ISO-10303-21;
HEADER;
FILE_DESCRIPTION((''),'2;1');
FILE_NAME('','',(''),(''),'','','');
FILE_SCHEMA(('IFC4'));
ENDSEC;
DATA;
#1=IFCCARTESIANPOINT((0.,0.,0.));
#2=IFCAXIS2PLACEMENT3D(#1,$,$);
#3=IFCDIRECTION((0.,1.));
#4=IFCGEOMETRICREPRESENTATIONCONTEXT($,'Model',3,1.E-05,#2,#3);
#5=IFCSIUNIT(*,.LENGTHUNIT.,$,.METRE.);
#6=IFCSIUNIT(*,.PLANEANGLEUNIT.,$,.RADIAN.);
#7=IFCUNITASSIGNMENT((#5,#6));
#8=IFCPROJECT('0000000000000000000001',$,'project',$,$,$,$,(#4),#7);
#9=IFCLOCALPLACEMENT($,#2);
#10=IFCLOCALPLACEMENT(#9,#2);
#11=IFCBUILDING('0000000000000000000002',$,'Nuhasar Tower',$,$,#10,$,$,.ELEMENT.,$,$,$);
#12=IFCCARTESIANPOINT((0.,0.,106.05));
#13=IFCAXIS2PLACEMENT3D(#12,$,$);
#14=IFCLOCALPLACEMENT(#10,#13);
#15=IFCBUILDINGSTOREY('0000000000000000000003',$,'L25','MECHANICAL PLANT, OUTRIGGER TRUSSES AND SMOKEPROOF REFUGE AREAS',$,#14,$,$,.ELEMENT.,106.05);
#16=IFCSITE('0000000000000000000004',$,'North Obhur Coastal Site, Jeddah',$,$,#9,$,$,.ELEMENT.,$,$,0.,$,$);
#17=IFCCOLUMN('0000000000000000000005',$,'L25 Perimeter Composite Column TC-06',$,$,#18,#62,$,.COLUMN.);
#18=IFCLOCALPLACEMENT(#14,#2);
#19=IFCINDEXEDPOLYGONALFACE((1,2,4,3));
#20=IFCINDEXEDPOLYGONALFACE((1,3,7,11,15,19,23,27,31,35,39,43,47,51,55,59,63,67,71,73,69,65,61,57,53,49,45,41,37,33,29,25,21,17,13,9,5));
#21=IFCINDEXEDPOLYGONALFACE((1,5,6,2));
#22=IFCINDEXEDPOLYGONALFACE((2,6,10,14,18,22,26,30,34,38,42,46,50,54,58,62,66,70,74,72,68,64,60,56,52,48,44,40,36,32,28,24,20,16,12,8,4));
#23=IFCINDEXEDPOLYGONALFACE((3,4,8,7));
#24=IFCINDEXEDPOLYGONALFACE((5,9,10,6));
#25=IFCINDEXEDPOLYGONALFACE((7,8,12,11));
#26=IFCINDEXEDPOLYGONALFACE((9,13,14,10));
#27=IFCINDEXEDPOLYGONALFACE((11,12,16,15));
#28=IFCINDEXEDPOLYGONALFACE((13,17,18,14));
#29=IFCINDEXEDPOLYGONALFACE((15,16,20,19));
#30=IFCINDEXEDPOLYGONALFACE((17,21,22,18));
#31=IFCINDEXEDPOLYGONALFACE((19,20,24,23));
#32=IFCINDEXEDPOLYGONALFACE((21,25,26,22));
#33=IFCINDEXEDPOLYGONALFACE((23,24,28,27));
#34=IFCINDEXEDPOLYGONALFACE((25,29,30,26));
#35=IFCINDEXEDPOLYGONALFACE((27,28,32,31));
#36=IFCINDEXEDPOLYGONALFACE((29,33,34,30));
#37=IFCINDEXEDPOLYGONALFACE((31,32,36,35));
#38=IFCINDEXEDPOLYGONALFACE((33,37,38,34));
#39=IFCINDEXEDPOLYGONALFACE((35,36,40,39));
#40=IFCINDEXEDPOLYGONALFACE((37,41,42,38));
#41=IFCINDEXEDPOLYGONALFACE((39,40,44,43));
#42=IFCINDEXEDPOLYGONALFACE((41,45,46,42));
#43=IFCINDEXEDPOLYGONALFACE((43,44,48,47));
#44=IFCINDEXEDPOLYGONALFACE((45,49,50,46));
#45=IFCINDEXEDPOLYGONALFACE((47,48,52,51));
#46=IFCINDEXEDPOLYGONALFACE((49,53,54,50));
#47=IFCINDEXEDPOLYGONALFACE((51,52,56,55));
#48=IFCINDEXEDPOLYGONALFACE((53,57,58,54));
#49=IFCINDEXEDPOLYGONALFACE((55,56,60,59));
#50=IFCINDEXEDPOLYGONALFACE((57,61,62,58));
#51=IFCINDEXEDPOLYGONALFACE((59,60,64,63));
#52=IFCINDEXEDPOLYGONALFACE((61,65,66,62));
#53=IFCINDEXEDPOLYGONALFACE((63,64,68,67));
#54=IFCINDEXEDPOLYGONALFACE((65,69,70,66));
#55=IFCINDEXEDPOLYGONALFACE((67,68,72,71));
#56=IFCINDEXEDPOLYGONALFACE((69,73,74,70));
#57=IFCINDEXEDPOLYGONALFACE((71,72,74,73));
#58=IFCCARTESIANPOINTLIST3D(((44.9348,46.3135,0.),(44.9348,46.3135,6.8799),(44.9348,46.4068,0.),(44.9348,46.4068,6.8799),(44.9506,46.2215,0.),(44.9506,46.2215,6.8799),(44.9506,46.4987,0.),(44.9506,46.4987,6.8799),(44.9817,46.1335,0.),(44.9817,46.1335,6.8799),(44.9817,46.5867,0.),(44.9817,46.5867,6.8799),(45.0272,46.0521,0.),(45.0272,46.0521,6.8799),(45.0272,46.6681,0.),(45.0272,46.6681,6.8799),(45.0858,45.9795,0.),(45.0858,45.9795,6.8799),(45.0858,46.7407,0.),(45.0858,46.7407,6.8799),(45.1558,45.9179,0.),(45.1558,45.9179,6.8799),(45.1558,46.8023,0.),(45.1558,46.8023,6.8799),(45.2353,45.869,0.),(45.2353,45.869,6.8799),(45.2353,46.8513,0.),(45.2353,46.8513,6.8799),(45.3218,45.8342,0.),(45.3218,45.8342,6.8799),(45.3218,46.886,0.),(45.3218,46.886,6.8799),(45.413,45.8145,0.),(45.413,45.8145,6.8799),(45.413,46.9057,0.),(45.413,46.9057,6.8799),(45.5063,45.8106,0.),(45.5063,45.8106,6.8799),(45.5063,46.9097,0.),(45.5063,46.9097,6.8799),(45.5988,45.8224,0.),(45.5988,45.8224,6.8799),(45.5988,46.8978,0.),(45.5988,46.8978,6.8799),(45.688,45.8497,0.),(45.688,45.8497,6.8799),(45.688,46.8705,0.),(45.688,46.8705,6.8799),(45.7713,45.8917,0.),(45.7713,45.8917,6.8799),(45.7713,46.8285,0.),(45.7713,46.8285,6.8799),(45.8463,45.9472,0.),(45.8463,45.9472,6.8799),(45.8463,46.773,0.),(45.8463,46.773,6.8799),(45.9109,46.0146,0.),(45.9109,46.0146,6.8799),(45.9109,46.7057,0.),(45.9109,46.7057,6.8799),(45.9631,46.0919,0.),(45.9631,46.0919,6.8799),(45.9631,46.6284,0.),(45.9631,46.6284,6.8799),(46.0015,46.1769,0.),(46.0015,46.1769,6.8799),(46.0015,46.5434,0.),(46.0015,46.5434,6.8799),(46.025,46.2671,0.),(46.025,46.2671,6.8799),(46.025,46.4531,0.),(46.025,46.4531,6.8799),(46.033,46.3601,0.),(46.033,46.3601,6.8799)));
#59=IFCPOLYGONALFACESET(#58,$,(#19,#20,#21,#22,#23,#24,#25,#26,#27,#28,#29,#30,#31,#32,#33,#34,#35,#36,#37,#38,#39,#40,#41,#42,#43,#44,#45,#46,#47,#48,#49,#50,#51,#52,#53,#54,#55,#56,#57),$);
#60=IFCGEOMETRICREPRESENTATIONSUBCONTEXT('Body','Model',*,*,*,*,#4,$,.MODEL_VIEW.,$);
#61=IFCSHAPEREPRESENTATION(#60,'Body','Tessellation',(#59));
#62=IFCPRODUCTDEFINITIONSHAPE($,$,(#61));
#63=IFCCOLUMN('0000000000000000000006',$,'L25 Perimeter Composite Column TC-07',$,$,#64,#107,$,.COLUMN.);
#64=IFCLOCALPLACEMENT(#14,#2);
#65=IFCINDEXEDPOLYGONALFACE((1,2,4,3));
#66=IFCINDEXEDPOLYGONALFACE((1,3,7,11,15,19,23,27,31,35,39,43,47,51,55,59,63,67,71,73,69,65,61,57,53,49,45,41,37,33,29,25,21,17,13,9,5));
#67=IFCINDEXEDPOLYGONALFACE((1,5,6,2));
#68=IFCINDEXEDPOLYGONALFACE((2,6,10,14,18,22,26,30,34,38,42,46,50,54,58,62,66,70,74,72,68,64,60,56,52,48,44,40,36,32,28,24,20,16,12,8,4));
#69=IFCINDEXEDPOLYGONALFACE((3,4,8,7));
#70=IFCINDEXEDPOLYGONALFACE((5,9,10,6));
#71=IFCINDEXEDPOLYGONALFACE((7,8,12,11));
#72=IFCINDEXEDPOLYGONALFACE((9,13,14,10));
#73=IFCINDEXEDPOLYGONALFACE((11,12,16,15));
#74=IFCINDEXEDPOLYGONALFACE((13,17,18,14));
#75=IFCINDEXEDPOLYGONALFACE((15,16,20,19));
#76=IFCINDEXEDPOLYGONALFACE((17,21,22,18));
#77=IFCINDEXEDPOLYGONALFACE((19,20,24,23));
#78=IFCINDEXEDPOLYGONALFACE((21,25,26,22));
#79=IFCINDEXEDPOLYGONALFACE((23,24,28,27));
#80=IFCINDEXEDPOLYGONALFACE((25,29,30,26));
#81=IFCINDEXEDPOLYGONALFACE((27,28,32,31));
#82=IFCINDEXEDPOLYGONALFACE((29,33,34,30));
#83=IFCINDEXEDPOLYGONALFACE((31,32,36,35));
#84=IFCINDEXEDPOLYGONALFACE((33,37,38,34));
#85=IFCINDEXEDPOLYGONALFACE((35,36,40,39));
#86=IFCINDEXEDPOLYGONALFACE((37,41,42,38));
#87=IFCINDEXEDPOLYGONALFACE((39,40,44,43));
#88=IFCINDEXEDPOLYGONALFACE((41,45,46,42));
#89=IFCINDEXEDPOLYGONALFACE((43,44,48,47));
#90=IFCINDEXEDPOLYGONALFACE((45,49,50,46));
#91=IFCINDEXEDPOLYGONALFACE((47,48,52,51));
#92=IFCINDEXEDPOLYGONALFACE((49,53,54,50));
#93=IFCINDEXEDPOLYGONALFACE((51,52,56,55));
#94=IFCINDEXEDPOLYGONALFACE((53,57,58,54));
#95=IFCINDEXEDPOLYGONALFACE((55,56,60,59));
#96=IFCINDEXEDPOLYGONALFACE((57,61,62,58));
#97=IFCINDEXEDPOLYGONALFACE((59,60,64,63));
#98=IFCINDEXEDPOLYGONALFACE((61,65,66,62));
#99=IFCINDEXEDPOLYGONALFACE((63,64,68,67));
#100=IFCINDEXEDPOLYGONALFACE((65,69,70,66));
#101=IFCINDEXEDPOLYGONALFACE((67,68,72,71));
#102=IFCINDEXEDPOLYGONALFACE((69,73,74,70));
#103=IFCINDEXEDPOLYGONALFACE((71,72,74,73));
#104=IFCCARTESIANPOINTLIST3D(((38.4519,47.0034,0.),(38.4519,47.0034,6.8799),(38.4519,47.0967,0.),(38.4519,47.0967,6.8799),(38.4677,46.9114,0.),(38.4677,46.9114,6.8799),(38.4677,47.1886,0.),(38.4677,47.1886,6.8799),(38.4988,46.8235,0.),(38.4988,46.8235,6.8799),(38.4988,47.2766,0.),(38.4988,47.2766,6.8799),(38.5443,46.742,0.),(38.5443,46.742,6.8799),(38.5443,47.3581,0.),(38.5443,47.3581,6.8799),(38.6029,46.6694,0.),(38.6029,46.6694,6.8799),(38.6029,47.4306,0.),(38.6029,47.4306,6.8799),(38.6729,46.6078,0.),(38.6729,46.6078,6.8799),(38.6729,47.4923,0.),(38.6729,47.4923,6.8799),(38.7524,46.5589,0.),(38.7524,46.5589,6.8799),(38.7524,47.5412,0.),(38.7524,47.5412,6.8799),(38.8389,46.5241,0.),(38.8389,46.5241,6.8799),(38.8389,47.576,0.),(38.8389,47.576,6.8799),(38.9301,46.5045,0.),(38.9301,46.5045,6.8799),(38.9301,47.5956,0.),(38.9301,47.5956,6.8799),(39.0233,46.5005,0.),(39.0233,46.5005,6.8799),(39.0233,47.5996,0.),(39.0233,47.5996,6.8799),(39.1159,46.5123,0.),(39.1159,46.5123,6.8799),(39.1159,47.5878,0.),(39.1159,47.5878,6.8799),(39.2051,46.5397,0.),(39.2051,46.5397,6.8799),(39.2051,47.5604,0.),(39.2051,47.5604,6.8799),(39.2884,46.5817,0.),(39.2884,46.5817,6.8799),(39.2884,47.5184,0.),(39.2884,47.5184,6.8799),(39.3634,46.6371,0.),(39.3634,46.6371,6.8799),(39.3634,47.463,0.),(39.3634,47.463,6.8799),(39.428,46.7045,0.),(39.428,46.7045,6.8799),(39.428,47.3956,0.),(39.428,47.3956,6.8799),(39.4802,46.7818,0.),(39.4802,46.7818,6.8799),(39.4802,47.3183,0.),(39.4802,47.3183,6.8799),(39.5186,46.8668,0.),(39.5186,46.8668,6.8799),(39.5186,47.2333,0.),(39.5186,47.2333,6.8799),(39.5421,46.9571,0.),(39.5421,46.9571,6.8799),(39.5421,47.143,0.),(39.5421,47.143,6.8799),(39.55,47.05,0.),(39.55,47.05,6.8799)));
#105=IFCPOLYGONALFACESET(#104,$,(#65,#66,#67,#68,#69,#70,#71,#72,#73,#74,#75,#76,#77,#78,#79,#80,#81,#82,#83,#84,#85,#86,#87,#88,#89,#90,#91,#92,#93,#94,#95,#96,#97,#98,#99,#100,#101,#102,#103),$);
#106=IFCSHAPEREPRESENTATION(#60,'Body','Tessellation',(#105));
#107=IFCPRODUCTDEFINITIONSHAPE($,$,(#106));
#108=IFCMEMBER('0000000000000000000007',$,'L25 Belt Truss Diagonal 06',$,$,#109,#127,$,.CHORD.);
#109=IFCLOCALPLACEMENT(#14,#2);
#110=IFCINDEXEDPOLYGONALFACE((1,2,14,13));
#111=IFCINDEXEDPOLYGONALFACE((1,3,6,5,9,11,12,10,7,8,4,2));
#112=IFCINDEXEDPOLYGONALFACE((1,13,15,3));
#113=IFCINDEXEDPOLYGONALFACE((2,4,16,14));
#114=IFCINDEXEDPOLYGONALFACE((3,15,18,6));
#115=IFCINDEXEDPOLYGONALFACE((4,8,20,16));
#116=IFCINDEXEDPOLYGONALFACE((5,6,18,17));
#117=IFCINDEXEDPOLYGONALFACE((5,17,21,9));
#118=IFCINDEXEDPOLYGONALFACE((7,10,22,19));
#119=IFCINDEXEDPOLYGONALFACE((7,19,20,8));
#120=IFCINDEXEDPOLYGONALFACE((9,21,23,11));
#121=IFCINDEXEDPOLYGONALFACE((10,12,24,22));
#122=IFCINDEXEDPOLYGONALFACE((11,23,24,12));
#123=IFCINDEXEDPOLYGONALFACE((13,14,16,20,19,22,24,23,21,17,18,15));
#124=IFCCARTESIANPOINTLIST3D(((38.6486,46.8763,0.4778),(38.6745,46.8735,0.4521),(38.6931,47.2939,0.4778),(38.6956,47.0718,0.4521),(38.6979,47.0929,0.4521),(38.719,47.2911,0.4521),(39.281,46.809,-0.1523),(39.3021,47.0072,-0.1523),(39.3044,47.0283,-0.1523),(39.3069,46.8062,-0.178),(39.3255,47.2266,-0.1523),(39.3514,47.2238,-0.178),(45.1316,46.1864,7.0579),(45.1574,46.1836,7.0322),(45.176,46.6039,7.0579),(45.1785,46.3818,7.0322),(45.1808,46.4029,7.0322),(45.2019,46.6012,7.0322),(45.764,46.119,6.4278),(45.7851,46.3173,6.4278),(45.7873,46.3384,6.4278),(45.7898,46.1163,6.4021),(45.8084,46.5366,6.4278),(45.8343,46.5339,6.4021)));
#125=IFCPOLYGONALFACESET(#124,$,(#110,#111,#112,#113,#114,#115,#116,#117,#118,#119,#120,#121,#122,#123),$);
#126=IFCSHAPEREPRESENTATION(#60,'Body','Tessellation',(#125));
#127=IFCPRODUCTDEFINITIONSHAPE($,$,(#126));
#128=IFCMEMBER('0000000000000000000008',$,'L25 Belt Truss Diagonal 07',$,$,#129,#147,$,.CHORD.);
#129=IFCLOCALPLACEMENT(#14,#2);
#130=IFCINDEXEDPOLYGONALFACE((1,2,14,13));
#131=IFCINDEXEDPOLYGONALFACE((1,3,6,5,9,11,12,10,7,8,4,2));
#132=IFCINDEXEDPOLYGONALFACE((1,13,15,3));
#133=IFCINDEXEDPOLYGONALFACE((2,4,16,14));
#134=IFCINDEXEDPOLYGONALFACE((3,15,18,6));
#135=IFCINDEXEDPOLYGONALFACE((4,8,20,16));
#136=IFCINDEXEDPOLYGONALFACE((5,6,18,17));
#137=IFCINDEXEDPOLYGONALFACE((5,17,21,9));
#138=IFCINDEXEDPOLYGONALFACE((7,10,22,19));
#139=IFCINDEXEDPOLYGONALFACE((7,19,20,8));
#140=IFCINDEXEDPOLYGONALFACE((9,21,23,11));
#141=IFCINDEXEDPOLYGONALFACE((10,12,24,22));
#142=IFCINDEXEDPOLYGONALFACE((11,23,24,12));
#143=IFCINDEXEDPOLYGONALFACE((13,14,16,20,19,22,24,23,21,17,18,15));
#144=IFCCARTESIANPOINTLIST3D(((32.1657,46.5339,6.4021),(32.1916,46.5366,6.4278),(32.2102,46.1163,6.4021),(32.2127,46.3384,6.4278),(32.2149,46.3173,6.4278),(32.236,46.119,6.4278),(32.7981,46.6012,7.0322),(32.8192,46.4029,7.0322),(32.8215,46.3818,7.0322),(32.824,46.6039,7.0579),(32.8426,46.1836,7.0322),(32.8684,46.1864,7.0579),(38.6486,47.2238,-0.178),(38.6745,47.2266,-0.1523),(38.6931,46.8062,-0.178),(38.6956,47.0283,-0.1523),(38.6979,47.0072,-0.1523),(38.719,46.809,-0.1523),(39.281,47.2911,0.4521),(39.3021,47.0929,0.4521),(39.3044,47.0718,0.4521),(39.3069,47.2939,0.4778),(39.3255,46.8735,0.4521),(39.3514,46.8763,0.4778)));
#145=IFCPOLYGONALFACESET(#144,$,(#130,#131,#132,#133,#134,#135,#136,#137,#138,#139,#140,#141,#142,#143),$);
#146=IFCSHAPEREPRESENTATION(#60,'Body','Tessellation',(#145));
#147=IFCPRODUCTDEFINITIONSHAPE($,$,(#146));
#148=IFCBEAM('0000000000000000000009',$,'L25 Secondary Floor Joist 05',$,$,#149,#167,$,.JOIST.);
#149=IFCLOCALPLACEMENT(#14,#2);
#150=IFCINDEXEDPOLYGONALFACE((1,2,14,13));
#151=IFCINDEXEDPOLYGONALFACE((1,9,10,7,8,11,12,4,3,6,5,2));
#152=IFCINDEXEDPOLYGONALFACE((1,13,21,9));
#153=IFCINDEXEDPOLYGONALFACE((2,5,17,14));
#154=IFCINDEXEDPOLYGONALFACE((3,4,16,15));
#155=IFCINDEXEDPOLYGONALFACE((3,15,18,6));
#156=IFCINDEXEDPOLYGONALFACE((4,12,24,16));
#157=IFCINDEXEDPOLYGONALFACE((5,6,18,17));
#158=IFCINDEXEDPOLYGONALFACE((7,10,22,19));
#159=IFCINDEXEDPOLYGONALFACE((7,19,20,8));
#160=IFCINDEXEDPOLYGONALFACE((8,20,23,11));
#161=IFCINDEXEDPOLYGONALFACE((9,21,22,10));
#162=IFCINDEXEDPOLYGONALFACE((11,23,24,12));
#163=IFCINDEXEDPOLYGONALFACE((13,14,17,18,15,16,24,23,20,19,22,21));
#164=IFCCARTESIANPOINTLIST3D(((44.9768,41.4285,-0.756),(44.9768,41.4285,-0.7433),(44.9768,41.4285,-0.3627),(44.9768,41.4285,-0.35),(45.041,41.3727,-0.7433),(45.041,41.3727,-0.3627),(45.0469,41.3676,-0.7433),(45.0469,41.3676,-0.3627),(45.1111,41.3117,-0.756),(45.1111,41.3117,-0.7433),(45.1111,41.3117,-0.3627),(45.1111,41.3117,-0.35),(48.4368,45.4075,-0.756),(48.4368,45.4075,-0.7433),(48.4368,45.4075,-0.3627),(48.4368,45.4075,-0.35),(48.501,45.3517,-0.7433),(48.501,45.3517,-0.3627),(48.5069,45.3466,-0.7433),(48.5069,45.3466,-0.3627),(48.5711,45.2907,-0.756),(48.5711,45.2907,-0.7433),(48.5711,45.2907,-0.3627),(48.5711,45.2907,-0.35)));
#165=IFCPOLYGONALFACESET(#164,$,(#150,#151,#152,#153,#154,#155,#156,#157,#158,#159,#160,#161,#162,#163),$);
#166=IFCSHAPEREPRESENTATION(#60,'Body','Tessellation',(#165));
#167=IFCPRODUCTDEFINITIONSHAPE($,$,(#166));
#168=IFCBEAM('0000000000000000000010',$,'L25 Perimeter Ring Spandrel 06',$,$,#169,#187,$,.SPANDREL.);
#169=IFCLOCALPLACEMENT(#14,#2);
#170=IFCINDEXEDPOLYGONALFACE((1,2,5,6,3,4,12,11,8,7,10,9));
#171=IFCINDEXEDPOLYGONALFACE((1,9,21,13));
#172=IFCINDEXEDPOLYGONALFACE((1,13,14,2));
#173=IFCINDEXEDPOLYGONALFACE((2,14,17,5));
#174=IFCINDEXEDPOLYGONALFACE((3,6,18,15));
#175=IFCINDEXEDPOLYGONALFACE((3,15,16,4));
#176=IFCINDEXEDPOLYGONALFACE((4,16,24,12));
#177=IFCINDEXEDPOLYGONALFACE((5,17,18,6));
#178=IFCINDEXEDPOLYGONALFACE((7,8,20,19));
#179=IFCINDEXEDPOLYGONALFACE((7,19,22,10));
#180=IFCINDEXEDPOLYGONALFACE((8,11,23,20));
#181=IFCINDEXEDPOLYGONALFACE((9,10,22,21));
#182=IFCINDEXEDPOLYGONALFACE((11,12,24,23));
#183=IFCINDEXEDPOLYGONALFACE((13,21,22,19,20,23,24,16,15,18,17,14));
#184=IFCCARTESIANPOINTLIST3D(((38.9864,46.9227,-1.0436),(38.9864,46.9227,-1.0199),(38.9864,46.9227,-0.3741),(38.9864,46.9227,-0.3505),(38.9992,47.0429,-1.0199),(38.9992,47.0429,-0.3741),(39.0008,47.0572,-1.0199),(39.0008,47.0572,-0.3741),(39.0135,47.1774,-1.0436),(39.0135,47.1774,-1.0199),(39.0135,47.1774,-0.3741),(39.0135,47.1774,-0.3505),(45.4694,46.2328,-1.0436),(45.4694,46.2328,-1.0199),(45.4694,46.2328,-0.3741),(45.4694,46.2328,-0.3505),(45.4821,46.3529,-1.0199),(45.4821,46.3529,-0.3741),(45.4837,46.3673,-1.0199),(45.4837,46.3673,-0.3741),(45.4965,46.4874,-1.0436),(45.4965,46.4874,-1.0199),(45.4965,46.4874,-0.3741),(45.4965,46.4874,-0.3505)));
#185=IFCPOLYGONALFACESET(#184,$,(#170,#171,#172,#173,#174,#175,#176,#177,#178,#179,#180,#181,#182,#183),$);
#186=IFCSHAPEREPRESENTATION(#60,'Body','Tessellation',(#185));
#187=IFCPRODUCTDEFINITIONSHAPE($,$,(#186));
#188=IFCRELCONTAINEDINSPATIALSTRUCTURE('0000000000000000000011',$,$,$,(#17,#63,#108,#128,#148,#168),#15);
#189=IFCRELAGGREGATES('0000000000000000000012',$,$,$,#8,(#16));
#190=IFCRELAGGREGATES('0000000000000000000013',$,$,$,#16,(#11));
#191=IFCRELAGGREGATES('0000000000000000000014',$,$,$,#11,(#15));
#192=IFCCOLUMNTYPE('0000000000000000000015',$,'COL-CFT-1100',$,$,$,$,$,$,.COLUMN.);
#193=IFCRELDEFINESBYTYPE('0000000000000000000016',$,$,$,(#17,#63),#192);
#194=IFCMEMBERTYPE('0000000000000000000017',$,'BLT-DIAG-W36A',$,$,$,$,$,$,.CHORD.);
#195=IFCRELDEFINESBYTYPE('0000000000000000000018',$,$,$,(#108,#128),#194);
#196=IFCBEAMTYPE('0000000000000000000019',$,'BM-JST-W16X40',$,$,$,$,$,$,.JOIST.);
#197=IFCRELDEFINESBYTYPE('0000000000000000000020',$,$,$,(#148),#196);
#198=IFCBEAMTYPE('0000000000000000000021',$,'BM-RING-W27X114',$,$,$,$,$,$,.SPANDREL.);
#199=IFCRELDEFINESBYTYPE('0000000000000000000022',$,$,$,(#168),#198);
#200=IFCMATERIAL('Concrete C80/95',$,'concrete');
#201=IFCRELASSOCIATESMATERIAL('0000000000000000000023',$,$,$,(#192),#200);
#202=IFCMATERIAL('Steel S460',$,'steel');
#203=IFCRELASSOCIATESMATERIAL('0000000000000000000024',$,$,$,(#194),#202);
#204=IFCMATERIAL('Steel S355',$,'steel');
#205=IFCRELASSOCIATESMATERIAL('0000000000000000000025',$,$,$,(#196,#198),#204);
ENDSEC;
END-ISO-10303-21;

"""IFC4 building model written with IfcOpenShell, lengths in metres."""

from ifc_helpers import new_model, si_unit, direction, frame, origin, origin_2d, place, context, subcontext, project, spatial, circle, i_section, extrude, material, material_profile, profile_set, type_object, element, save


model = new_model("IFC4")

# Units and contexts
model_context = context("Model", 3, precision=1e-05, world=origin(), true_north=direction((0.0, 1.0)))
body_context = subcontext(model_context, "Body", "Model", "MODEL_VIEW")
ifc_project = project(units=[si_unit("LENGTHUNIT", "METRE"), si_unit("PLANEANGLEUNIT", "RADIAN")], contexts=[model_context])

# Site, building, storey
site_placement = place(None, origin())
site = spatial("IfcSite", under=ifc_project, at=site_placement, Name="North Obhur Coastal Site, Jeddah", CompositionType="ELEMENT", RefElevation=0.0)
building_placement = place(site_placement, origin())
building = spatial("IfcBuilding", under=site, at=building_placement, Name="Nuhasar Tower", CompositionType="ELEMENT")
storey_placement = place(building_placement, frame((0.0, 0.0, 106.05)))
storey = spatial("IfcBuildingStorey", under=building, at=storey_placement, Name="L25", Description="MECHANICAL PLANT, OUTRIGGER TRUSSES AND SMOKEPROOF REFUGE AREAS", CompositionType="ELEMENT", Elevation=106.05)

# Columns
ifc_material_1 = material(Name="Concrete C80/95", Category="concrete")
ifc_material_profile_1 = material_profile(ifc_material_1, circle(Radius=0.55, at=origin_2d()), Name="CFT1100")
ifc_profile_set_1 = profile_set([ifc_material_profile_1], Name="Concrete C80/95")
column_type = type_object("IfcColumnType", Name="COL-CFT-1100", PredefinedType="COLUMN", material=ifc_profile_set_1)
for number, where, z_axis, x_axis, name in (
    (1, (45.4829, 46.3601, 0.0), (0.0, 0.0, 1.0), (1.0, 0.0, 0.0), "L25 Perimeter Composite Column TC-06"),
    (2, (39.0, 47.05, 0.0), (0.0, 0.0, 1.0), (1.0, 0.0, 0.0), "L25 Perimeter Composite Column TC-07"),
):
    element("IfcColumn", number, at=place(storey_placement, frame(where, z_axis=z_axis, x_axis=x_axis)), inside=storey, type_object=column_type, Name=name, PredefinedType="COLUMN", context=body_context, shape_type="SweptSolid", body=[
        extrude(circle(Radius=0.55, at=origin_2d()), origin(), (0.0, 0.0, 1.0), 6.8799),
    ])

# Members
ifc_material_2 = material(Name="Steel S460", Category="steel")
ifc_material_profile_2 = material_profile(ifc_material_2, i_section(OverallWidth=0.4199, OverallDepth=0.9319, WebThickness=0.0212, FlangeThickness=0.0366, at=origin_2d()), Name="W36X262")
ifc_profile_set_2 = profile_set([ifc_material_profile_2], Name="Steel S460")
member_type_1 = type_object("IfcMemberType", Name="BLT-DIAG-W36A", PredefinedType="CHORD", material=ifc_profile_set_2)
for number, where, z_axis, x_axis, name in (
    (3, (39.0, 47.05, 0.1499), (0.699878, -0.074484, 0.710368), (0.105827, 0.994385, 0.0), "L25 Belt Truss Diagonal 06"),
    (4, (39.0, 47.05, 0.1499), (-0.699878, -0.074484, 0.710368), (0.105827, -0.994385, 0.0), "L25 Belt Truss Diagonal 07"),
):
    element("IfcMember", number, at=place(storey_placement, frame(where, z_axis=z_axis, x_axis=x_axis)), inside=storey, type_object=member_type_1, Name=name, PredefinedType="CHORD", context=body_context, shape_type="SweptSolid", body=[
        extrude(i_section(OverallWidth=0.4199, OverallDepth=0.9319, WebThickness=0.0212, FlangeThickness=0.0366, at=origin_2d()), origin(), (0.0, 0.0, 1.0), 9.2629),
    ])

# Beams
ifc_material_3 = material(Name="Steel S355", Category="steel")
ifc_material_profile_3 = material_profile(ifc_material_3, i_section(OverallWidth=0.178, OverallDepth=0.406, WebThickness=0.0078, FlangeThickness=0.0127, at=origin_2d()), Name="W16X40")
ifc_profile_set_3 = profile_set([ifc_material_profile_3], Name="Steel S355")
beam_type_1 = type_object("IfcBeamType", Name="BM-JST-W16X40", PredefinedType="JOIST", material=ifc_profile_set_3)
beam_1_placement = place(storey_placement, frame((45.0439, 41.3701, -0.553), z_axis=(0.656174, 0.75461, 0.0), x_axis=(-0.75461, 0.656174, 0.0)))
element("IfcBeam", 5, at=beam_1_placement, inside=storey, type_object=beam_type_1, Name="L25 Secondary Floor Joist 05", PredefinedType="JOIST", context=body_context, shape_type="SweptSolid", body=[
    extrude(i_section(OverallWidth=0.178, OverallDepth=0.406, WebThickness=0.0078, FlangeThickness=0.0127, at=origin_2d()), origin(), (0.0, 0.0, 1.0), 5.2729),
])
ifc_material_profile_4 = material_profile(ifc_material_3, i_section(OverallWidth=0.2561, OverallDepth=0.6931, WebThickness=0.0144, FlangeThickness=0.0237, at=origin_2d()), Name="W27X114")
ifc_profile_set_4 = profile_set([ifc_material_profile_4], Name="Steel S355")
beam_type_2 = type_object("IfcBeamType", Name="BM-RING-W27X114", PredefinedType="SPANDREL", material=ifc_profile_set_4)
for number, where, z_axis, x_axis, name in (
    (6, (45.4829, 46.3601, -0.697), (-0.994385, 0.105827, 0.0), (-0.105827, -0.994385, 0.0), "L25 Perimeter Ring Spandrel 06"),
):
    element("IfcBeam", number, at=place(storey_placement, frame(where, z_axis=z_axis, x_axis=x_axis)), inside=storey, type_object=beam_type_2, Name=name, PredefinedType="SPANDREL", context=body_context, shape_type="SweptSolid", body=[
        extrude(i_section(OverallWidth=0.2561, OverallDepth=0.6931, WebThickness=0.0144, FlangeThickness=0.0237, at=origin_2d()), origin(), (0.0, 0.0, 1.0), 6.5195),
    ])

save(model, "model.ifc")
